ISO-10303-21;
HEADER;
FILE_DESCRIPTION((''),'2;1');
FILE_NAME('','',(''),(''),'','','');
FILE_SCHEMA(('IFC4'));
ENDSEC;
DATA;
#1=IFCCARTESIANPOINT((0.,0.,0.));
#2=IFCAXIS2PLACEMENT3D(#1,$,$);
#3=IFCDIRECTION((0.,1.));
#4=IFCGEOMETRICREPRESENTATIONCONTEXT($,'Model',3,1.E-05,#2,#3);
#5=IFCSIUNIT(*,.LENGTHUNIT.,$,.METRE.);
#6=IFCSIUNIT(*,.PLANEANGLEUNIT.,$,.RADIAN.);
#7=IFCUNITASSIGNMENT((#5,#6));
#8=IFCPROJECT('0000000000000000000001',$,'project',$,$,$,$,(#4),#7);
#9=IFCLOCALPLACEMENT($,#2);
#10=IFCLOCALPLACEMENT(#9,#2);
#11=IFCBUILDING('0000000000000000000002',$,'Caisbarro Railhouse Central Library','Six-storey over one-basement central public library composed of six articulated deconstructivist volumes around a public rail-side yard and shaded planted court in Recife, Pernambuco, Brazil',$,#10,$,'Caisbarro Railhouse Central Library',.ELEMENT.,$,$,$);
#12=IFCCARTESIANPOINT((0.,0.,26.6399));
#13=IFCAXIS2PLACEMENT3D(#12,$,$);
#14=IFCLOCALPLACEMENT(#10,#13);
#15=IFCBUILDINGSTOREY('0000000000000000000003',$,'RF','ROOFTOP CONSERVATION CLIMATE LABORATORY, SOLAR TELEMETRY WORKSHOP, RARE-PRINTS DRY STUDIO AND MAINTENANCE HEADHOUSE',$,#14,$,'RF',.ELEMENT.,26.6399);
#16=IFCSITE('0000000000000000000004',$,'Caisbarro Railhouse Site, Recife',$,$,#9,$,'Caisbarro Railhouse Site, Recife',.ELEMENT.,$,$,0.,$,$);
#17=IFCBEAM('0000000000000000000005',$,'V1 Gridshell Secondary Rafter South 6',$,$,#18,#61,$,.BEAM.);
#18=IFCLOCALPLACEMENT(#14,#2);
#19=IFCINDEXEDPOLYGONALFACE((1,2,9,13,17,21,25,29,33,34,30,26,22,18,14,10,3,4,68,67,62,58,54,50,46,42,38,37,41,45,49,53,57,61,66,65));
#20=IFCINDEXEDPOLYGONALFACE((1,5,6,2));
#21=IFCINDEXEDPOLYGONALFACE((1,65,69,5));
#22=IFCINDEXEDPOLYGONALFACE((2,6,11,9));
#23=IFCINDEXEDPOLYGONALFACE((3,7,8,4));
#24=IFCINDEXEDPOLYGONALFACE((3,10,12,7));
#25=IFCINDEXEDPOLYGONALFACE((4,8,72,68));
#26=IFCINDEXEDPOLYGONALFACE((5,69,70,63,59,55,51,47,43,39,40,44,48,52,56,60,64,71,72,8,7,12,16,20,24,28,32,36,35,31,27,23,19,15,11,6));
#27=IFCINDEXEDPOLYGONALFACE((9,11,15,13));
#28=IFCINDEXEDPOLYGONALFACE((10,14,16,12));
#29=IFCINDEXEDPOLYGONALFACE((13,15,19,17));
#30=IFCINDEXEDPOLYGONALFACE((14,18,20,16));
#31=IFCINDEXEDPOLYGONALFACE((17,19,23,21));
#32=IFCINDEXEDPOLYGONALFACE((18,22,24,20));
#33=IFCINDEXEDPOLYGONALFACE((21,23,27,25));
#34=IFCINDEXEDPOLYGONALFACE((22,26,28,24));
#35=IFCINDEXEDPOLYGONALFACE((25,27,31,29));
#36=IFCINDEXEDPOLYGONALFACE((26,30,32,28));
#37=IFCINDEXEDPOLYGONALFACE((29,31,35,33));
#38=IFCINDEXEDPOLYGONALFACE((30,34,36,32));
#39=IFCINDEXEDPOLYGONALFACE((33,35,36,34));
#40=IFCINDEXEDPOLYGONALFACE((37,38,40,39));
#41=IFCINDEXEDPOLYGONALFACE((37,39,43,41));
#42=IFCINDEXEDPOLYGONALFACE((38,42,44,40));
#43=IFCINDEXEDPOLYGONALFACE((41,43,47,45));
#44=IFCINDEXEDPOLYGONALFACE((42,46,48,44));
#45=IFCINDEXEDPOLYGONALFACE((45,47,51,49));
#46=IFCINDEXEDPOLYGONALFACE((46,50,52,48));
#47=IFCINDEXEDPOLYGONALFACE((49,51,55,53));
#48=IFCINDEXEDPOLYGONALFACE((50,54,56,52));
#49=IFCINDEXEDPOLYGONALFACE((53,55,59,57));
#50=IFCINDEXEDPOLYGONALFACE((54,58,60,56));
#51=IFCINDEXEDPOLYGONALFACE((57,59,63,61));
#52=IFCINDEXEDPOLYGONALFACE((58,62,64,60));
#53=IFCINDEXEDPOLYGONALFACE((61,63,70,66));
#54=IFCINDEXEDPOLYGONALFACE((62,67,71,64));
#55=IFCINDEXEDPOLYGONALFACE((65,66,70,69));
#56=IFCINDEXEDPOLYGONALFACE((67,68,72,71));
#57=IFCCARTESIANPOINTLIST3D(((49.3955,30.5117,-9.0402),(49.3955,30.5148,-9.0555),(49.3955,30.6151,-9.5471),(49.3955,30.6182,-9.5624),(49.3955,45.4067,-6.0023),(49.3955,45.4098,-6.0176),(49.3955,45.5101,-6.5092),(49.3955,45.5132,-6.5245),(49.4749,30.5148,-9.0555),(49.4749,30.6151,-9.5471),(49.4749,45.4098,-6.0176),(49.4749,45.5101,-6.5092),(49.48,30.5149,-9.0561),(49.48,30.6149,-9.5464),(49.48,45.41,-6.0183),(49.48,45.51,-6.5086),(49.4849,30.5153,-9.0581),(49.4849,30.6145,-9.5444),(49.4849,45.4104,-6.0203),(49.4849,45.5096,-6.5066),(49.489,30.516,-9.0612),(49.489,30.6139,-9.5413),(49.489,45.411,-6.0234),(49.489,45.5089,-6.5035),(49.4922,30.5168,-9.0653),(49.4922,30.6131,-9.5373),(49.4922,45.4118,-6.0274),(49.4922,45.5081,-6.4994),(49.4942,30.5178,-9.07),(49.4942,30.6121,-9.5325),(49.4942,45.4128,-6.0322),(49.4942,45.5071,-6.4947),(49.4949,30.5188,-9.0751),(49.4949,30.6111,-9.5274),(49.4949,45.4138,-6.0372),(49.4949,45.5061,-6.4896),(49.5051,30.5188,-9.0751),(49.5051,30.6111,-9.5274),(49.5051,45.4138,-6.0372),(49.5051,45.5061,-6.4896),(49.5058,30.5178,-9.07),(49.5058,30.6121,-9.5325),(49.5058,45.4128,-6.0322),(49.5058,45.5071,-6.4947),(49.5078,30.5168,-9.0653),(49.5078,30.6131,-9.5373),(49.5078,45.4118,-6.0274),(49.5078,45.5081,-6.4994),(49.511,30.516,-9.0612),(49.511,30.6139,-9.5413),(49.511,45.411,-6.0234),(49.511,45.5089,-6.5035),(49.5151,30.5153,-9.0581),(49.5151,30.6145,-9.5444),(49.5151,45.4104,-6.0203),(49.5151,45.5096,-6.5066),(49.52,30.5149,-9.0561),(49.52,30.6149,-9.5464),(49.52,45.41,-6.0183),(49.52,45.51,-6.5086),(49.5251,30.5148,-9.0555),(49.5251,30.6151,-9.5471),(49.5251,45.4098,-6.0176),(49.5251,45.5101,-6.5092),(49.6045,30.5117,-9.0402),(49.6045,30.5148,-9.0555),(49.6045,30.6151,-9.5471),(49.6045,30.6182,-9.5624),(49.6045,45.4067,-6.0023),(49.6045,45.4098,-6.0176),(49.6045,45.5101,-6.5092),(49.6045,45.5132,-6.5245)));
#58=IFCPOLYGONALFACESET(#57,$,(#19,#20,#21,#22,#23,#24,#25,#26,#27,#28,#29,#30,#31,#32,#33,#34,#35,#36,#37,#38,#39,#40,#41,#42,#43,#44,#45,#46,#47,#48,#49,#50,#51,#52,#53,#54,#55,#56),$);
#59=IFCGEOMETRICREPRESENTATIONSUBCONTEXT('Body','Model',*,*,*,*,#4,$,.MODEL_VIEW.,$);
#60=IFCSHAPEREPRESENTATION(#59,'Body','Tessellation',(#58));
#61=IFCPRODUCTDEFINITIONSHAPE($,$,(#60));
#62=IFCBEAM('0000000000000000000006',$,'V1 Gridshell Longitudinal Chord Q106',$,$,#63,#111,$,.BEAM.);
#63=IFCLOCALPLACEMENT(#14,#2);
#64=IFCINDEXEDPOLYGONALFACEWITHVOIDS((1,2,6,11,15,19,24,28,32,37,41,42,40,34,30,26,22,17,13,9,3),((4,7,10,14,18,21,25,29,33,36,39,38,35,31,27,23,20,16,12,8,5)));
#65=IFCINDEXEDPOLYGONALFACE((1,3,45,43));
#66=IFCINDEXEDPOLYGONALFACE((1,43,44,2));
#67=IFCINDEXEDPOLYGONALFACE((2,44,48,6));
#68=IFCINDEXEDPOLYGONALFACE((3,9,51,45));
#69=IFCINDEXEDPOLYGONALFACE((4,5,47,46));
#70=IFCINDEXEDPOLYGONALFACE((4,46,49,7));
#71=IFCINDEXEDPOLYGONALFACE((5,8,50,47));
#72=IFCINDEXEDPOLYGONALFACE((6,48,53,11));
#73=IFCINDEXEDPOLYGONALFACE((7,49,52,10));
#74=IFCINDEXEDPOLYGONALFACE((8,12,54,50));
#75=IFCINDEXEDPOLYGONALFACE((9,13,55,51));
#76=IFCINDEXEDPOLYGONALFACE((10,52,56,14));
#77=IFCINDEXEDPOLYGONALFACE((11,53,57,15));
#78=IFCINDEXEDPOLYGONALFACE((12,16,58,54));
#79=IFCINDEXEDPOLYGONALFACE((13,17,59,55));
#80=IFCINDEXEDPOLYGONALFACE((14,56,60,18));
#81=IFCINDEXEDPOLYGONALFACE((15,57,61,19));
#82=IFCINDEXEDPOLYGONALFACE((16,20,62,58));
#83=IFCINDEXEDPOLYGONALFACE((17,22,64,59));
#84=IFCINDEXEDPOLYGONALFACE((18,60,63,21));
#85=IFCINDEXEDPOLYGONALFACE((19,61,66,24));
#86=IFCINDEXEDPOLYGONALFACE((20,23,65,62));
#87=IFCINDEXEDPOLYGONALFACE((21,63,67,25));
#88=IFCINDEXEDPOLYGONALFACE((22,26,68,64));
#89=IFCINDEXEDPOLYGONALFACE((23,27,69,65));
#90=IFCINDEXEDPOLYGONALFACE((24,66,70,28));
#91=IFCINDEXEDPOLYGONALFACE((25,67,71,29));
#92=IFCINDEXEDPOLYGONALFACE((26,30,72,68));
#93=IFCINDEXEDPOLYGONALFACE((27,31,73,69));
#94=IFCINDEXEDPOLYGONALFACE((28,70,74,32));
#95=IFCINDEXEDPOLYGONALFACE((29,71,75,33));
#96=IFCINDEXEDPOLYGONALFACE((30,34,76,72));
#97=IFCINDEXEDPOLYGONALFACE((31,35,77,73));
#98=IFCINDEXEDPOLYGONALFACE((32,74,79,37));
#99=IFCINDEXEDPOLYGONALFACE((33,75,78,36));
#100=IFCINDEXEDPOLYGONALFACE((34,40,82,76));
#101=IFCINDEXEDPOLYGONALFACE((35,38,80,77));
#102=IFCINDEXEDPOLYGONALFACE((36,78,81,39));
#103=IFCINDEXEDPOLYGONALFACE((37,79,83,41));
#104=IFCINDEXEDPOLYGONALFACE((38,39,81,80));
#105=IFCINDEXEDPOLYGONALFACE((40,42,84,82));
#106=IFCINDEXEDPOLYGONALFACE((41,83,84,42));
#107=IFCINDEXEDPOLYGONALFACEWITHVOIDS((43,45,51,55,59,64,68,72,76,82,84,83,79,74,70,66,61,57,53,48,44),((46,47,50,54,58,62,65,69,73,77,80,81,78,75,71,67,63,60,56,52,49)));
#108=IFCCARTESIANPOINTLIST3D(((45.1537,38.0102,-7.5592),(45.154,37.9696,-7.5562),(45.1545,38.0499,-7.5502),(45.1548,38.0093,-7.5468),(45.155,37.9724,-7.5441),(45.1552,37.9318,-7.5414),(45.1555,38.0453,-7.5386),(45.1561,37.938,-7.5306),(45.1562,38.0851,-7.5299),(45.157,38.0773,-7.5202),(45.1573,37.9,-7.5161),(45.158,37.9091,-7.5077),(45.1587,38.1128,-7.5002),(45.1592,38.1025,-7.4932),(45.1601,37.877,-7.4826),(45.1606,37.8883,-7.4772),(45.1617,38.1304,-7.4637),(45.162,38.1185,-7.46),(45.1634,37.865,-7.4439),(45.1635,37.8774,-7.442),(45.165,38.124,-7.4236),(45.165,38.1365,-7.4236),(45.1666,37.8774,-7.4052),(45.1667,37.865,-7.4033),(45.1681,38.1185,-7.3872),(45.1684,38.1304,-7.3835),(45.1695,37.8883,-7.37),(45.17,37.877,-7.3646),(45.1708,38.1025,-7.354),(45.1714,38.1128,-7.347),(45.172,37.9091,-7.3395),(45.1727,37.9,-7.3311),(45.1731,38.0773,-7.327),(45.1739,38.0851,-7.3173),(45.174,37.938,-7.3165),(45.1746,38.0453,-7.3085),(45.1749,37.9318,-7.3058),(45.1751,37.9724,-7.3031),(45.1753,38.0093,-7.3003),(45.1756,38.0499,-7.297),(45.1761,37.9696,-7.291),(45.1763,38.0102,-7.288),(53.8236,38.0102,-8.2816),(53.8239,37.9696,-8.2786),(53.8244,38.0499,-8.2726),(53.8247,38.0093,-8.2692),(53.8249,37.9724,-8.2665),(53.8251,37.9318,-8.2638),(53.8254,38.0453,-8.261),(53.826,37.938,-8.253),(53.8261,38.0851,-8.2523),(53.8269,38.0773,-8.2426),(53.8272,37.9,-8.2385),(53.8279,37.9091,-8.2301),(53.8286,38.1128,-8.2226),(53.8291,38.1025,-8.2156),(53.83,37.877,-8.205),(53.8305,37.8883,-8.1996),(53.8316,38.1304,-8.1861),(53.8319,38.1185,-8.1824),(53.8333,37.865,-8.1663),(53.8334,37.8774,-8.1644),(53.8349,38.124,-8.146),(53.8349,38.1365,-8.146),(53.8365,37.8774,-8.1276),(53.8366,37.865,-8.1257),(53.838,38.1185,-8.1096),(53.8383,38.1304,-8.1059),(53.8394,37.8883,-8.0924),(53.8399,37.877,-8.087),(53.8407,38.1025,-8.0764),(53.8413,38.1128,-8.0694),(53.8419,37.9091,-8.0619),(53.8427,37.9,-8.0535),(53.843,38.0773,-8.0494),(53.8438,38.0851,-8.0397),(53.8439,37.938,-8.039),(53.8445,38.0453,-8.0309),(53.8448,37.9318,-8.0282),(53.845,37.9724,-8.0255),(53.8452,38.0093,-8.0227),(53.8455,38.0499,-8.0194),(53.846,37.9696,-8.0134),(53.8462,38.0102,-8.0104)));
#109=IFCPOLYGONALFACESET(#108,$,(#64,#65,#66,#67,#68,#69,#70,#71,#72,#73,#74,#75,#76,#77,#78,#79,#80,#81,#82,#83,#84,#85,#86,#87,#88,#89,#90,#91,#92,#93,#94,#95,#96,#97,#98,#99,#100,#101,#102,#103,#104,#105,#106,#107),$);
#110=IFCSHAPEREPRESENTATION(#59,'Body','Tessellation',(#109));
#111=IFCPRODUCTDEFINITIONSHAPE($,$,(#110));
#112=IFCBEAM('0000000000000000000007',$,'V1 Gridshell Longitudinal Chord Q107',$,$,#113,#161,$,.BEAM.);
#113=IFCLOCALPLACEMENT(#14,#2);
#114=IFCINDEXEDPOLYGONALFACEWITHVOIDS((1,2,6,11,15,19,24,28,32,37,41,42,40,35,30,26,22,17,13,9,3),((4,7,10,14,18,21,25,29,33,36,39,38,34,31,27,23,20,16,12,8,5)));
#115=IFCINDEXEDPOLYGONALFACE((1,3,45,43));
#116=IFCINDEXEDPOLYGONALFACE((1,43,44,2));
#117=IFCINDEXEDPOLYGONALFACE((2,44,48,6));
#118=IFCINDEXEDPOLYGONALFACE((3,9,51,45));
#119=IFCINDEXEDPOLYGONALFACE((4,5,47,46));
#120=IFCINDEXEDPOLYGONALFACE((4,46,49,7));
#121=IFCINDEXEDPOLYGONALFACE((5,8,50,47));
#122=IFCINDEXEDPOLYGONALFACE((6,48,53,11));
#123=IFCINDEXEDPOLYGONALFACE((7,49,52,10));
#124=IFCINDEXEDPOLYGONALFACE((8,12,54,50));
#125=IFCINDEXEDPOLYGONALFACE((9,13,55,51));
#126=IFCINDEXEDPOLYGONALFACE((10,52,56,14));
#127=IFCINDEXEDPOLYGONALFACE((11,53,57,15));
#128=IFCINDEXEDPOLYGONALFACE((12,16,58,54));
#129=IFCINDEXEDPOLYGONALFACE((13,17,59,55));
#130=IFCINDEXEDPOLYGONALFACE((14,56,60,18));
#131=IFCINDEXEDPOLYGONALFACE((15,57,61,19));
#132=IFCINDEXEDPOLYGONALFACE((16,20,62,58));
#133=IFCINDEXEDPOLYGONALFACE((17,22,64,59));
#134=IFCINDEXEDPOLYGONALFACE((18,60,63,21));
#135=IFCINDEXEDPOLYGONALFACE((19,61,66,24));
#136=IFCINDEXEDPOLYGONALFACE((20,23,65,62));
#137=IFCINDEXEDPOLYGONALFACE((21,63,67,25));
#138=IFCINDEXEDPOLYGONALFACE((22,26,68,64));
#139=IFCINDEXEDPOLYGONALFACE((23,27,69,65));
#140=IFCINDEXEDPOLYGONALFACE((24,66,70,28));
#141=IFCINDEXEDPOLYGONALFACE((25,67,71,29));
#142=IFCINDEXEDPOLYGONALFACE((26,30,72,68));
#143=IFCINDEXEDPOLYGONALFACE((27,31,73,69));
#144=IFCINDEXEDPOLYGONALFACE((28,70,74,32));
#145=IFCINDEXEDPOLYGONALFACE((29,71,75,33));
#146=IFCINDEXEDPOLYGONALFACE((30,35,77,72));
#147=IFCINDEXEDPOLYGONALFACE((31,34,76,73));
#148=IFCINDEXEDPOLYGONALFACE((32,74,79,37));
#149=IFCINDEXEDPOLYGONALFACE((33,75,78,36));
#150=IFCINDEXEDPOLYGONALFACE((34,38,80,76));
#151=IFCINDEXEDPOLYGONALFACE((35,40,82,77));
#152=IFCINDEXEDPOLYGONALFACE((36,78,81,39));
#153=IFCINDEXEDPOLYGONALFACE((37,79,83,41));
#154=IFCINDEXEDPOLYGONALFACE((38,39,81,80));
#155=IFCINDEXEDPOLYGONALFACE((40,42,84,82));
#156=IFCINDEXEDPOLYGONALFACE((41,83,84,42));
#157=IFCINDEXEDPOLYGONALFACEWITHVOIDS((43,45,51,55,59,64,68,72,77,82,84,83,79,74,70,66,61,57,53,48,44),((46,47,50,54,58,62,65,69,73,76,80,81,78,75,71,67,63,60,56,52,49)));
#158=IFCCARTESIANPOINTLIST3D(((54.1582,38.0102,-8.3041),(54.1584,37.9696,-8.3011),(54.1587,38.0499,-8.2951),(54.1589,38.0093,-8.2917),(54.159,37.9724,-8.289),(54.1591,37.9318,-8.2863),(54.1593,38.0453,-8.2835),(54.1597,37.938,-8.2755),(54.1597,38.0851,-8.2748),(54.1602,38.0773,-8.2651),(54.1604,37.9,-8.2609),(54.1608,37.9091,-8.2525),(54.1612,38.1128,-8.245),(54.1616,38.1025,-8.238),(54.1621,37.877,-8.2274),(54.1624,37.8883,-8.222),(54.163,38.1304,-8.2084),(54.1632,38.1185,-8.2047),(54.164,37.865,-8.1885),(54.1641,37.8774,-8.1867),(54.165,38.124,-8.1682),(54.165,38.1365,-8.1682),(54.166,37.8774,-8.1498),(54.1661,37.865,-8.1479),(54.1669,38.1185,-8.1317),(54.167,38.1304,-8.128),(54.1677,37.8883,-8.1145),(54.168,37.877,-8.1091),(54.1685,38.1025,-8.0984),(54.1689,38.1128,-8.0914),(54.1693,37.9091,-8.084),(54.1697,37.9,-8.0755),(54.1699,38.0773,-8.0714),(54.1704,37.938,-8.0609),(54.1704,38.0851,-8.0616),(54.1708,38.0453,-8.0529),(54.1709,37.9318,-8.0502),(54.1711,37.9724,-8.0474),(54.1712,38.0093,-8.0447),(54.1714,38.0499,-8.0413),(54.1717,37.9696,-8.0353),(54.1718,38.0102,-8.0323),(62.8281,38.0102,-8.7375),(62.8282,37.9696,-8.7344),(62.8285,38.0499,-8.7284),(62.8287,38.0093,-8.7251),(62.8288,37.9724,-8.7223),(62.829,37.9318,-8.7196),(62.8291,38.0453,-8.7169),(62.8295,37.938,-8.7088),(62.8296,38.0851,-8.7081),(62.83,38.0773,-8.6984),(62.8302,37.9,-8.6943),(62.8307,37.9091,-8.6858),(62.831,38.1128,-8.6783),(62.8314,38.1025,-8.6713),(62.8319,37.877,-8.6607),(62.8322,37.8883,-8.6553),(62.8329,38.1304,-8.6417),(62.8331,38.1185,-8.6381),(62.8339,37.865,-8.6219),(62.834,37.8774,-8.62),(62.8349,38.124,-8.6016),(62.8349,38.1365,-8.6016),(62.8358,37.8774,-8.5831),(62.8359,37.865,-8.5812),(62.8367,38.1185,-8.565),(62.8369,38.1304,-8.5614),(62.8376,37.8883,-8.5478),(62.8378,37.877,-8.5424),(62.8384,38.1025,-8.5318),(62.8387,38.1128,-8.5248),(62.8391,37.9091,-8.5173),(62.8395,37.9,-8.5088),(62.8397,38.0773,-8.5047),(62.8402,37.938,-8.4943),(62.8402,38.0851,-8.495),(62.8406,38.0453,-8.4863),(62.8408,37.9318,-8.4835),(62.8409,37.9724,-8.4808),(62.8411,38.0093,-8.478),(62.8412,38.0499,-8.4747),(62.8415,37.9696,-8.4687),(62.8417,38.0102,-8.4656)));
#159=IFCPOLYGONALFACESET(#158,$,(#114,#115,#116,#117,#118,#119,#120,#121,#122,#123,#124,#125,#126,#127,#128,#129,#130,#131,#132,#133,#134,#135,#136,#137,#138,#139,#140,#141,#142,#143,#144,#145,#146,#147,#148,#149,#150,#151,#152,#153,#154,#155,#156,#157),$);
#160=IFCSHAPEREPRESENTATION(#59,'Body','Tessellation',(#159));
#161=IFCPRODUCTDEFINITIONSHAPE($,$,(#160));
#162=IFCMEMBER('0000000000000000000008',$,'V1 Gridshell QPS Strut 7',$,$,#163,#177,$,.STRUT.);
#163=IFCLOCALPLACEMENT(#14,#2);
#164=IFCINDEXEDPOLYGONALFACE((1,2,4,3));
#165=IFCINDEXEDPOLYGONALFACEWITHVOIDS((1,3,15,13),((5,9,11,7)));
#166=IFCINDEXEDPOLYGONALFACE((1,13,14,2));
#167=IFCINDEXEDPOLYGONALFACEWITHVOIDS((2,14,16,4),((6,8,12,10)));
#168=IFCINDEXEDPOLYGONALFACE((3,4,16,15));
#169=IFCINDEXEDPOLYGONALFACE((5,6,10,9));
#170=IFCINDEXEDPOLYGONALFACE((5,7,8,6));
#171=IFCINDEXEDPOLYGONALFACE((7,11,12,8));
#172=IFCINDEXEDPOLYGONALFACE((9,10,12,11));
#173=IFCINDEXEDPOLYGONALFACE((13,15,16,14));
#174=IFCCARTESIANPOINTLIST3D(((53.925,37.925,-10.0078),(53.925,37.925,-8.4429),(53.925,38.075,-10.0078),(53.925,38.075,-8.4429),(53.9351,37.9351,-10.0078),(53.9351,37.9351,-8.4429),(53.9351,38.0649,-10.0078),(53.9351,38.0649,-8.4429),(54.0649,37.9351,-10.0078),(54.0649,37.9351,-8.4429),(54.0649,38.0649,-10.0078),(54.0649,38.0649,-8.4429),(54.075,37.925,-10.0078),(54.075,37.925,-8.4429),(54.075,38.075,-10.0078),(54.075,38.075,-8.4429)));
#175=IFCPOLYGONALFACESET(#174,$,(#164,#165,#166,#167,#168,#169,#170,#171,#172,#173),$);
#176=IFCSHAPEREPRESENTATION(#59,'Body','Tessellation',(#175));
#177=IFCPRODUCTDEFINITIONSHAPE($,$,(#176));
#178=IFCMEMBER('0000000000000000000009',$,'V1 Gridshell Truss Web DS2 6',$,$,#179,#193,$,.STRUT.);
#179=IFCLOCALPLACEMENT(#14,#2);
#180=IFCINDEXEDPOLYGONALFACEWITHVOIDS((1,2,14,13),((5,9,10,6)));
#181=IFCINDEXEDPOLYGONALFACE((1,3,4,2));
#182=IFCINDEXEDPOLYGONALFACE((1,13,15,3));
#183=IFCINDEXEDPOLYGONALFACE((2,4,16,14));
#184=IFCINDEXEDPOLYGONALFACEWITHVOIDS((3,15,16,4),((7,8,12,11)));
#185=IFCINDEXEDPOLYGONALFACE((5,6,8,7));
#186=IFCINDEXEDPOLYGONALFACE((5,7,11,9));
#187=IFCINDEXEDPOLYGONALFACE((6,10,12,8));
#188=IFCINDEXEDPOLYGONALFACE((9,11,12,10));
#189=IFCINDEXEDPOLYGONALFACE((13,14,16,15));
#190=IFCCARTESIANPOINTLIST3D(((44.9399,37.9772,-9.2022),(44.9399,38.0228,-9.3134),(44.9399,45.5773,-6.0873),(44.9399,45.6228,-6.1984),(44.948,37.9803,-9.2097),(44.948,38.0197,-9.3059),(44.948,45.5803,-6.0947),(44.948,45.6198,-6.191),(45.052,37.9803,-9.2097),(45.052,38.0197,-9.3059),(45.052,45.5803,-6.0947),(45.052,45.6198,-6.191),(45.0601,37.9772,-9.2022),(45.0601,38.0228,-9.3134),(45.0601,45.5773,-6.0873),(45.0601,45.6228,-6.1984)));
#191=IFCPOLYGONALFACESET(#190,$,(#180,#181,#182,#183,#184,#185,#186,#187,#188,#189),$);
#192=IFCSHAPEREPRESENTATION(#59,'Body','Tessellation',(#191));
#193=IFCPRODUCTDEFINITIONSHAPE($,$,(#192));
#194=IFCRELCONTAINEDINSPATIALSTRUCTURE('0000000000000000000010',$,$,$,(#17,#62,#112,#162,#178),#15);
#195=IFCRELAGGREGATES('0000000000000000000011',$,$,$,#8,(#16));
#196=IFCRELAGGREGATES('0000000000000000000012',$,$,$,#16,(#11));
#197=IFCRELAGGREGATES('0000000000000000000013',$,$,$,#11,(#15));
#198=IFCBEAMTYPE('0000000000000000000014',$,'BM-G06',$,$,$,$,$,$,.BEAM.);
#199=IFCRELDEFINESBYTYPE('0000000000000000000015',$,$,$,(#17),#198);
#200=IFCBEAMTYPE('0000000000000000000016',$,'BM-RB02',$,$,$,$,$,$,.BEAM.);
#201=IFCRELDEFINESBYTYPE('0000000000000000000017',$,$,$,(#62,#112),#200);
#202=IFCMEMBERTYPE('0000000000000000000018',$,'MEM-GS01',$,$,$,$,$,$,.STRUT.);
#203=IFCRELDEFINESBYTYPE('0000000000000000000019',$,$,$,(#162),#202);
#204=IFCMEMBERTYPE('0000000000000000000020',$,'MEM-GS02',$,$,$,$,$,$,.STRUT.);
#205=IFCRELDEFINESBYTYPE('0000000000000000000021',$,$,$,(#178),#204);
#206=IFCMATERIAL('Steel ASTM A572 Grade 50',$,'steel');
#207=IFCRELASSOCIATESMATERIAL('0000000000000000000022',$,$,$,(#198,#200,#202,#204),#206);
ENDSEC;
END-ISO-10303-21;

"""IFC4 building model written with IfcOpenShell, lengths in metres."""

from ifc_helpers import new_model, si_unit, direction, frame, origin, origin_2d, place, context, subcontext, project, spatial, hollow_rectangle, hollow_circle, i_section, extrude, material, material_profile, profile_set, type_object, element, save


model = new_model("IFC4")

# Units and contexts
model_context = context("Model", 3, precision=1e-05, world=origin(), true_north=direction((0.0, 1.0)))
body_context = subcontext(model_context, "Body", "Model", "MODEL_VIEW")
ifc_project = project(units=[si_unit("LENGTHUNIT", "METRE"), si_unit("PLANEANGLEUNIT", "RADIAN")], contexts=[model_context])

# Site, building, storey
site_placement = place(None, origin())
site = spatial("IfcSite", under=ifc_project, at=site_placement, Name="Caisbarro Railhouse Site, Recife", LongName="Caisbarro Railhouse Site, Recife", CompositionType="ELEMENT", RefElevation=0.0)
building_placement = place(site_placement, origin())
building = spatial("IfcBuilding", under=site, at=building_placement, Name="Caisbarro Railhouse Central Library", Description="Six-storey over one-basement central public library composed of six articulated deconstructivist volumes around a public rail-side yard and shaded planted court in Recife, Pernambuco, Brazil", LongName="Caisbarro Railhouse Central Library", CompositionType="ELEMENT")
storey_placement = place(building_placement, frame((0.0, 0.0, 26.6399)))
storey = spatial("IfcBuildingStorey", under=building, at=storey_placement, Name="RF", Description="ROOFTOP CONSERVATION CLIMATE LABORATORY, SOLAR TELEMETRY WORKSHOP, RARE-PRINTS DRY STUDIO AND MAINTENANCE HEADHOUSE", LongName="RF", CompositionType="ELEMENT", Elevation=26.6399)

# Beams
ifc_material = material(Name="Steel ASTM A572 Grade 50", Category="steel")
ifc_material_profile_1 = material_profile(ifc_material, i_section(OverallWidth=0.209, OverallDepth=0.533, WebThickness=0.0103, FlangeThickness=0.0156, FilletRadius=0.02, at=origin_2d()), Name="W530X92.0")
ifc_profile_set_1 = profile_set([ifc_material_profile_1], Name="Steel ASTM A572 Grade 50")
beam_type_1 = type_object("IfcBeamType", Name="BM-G06", PredefinedType="BEAM", material=ifc_profile_set_1)
beam_1_placement = place(storey_placement, frame((49.5, 30.5649, -9.3013), z_axis=(0.0, 0.979829, 0.199836), x_axis=(-1.0, 0.0, 0.0)))
element("IfcBeam", 1, at=beam_1_placement, inside=storey, type_object=beam_type_1, Name="V1 Gridshell Secondary Rafter South 6", PredefinedType="BEAM", context=body_context, shape_type="SweptSolid", body=[
    extrude(i_section(OverallWidth=0.209, OverallDepth=0.533, WebThickness=0.0103, FlangeThickness=0.0156, FilletRadius=0.02, at=origin_2d()), origin(), (0.0, 0.0, 1.0), 15.2017),
])
ifc_material_profile_2 = material_profile(ifc_material, hollow_circle(Radius=0.1365, WallThickness=0.0125, at=origin_2d()), Name="CHS273.0X12.5")
ifc_profile_set_2 = profile_set([ifc_material_profile_2], Name="Steel ASTM A572 Grade 50")
beam_type_2 = type_object("IfcBeamType", Name="BM-RB02", PredefinedType="BEAM", material=ifc_profile_set_2)
beam_2_placement = place(storey_placement, frame((45.165, 38.0, -7.4236), z_axis=(0.996547, 0.0, -0.083036), x_axis=(0.0, 1.0, 0.0)))
element("IfcBeam", 2, at=beam_2_placement, inside=storey, type_object=beam_type_2, Name="V1 Gridshell Longitudinal Chord Q106", PredefinedType="BEAM", context=body_context, shape_type="SweptSolid", body=[
    extrude(hollow_circle(Radius=0.1365, WallThickness=0.0125, at=origin_2d()), origin(), (0.0, 0.0, 1.0), 8.7),
])
beam_3_placement = place(storey_placement, frame((54.165, 38.0, -8.1682), z_axis=(0.998753, 0.0, -0.049921), x_axis=(0.0, 1.0, 0.0)))
element("IfcBeam", 3, at=beam_3_placement, inside=storey, type_object=beam_type_2, Name="V1 Gridshell Longitudinal Chord Q107", PredefinedType="BEAM", context=body_context, shape_type="SweptSolid", body=[
    extrude(hollow_circle(Radius=0.1365, WallThickness=0.0125, at=origin_2d()), origin(), (0.0, 0.0, 1.0), 8.6807),
])

# Members
ifc_material_profile_3 = material_profile(ifc_material, hollow_rectangle(XDim=0.1499, YDim=0.1499, WallThickness=0.01, at=origin_2d()), Name="HSS150X150X10")
ifc_profile_set_3 = profile_set([ifc_material_profile_3], Name="Steel ASTM A572 Grade 50")
member_type_1 = type_object("IfcMemberType", Name="MEM-GS01", PredefinedType="STRUT", material=ifc_profile_set_3)
member_1_placement = place(storey_placement, frame((54.0, 38.0, -10.0078), z_axis=(0.0, 0.0, 1.0), x_axis=(1.0, 0.0, 0.0)))
element("IfcMember", 4, at=member_1_placement, inside=storey, type_object=member_type_1, Name="V1 Gridshell QPS Strut 7", PredefinedType="STRUT", context=body_context, shape_type="SweptSolid", body=[
    extrude(hollow_rectangle(XDim=0.1499, YDim=0.1499, WallThickness=0.01, at=origin_2d()), origin(), (0.0, 0.0, 1.0), 1.5649),
])
ifc_material_profile_4 = material_profile(ifc_material, hollow_rectangle(XDim=0.1201, YDim=0.1201, WallThickness=0.0081, at=origin_2d()), Name="HSS120X120X8")
ifc_profile_set_4 = profile_set([ifc_material_profile_4], Name="Steel ASTM A572 Grade 50")
member_type_2 = type_object("IfcMemberType", Name="MEM-GS02", PredefinedType="STRUT", material=ifc_profile_set_4)
member_2_placement = place(storey_placement, frame((45.0, 38.0, -9.2578), z_axis=(0.0, 0.925297, 0.379244), x_axis=(-1.0, 0.0, 0.0)))
element("IfcMember", 5, at=member_2_placement, inside=storey, type_object=member_type_2, Name="V1 Gridshell Truss Web DS2 6", PredefinedType="STRUT", context=body_context, shape_type="SweptSolid", body=[
    extrude(hollow_rectangle(XDim=0.1201, YDim=0.1201, WallThickness=0.0081, at=origin_2d()), origin(), (0.0, 0.0, 1.0), 8.2136),
])

save(model, "model.ifc")
